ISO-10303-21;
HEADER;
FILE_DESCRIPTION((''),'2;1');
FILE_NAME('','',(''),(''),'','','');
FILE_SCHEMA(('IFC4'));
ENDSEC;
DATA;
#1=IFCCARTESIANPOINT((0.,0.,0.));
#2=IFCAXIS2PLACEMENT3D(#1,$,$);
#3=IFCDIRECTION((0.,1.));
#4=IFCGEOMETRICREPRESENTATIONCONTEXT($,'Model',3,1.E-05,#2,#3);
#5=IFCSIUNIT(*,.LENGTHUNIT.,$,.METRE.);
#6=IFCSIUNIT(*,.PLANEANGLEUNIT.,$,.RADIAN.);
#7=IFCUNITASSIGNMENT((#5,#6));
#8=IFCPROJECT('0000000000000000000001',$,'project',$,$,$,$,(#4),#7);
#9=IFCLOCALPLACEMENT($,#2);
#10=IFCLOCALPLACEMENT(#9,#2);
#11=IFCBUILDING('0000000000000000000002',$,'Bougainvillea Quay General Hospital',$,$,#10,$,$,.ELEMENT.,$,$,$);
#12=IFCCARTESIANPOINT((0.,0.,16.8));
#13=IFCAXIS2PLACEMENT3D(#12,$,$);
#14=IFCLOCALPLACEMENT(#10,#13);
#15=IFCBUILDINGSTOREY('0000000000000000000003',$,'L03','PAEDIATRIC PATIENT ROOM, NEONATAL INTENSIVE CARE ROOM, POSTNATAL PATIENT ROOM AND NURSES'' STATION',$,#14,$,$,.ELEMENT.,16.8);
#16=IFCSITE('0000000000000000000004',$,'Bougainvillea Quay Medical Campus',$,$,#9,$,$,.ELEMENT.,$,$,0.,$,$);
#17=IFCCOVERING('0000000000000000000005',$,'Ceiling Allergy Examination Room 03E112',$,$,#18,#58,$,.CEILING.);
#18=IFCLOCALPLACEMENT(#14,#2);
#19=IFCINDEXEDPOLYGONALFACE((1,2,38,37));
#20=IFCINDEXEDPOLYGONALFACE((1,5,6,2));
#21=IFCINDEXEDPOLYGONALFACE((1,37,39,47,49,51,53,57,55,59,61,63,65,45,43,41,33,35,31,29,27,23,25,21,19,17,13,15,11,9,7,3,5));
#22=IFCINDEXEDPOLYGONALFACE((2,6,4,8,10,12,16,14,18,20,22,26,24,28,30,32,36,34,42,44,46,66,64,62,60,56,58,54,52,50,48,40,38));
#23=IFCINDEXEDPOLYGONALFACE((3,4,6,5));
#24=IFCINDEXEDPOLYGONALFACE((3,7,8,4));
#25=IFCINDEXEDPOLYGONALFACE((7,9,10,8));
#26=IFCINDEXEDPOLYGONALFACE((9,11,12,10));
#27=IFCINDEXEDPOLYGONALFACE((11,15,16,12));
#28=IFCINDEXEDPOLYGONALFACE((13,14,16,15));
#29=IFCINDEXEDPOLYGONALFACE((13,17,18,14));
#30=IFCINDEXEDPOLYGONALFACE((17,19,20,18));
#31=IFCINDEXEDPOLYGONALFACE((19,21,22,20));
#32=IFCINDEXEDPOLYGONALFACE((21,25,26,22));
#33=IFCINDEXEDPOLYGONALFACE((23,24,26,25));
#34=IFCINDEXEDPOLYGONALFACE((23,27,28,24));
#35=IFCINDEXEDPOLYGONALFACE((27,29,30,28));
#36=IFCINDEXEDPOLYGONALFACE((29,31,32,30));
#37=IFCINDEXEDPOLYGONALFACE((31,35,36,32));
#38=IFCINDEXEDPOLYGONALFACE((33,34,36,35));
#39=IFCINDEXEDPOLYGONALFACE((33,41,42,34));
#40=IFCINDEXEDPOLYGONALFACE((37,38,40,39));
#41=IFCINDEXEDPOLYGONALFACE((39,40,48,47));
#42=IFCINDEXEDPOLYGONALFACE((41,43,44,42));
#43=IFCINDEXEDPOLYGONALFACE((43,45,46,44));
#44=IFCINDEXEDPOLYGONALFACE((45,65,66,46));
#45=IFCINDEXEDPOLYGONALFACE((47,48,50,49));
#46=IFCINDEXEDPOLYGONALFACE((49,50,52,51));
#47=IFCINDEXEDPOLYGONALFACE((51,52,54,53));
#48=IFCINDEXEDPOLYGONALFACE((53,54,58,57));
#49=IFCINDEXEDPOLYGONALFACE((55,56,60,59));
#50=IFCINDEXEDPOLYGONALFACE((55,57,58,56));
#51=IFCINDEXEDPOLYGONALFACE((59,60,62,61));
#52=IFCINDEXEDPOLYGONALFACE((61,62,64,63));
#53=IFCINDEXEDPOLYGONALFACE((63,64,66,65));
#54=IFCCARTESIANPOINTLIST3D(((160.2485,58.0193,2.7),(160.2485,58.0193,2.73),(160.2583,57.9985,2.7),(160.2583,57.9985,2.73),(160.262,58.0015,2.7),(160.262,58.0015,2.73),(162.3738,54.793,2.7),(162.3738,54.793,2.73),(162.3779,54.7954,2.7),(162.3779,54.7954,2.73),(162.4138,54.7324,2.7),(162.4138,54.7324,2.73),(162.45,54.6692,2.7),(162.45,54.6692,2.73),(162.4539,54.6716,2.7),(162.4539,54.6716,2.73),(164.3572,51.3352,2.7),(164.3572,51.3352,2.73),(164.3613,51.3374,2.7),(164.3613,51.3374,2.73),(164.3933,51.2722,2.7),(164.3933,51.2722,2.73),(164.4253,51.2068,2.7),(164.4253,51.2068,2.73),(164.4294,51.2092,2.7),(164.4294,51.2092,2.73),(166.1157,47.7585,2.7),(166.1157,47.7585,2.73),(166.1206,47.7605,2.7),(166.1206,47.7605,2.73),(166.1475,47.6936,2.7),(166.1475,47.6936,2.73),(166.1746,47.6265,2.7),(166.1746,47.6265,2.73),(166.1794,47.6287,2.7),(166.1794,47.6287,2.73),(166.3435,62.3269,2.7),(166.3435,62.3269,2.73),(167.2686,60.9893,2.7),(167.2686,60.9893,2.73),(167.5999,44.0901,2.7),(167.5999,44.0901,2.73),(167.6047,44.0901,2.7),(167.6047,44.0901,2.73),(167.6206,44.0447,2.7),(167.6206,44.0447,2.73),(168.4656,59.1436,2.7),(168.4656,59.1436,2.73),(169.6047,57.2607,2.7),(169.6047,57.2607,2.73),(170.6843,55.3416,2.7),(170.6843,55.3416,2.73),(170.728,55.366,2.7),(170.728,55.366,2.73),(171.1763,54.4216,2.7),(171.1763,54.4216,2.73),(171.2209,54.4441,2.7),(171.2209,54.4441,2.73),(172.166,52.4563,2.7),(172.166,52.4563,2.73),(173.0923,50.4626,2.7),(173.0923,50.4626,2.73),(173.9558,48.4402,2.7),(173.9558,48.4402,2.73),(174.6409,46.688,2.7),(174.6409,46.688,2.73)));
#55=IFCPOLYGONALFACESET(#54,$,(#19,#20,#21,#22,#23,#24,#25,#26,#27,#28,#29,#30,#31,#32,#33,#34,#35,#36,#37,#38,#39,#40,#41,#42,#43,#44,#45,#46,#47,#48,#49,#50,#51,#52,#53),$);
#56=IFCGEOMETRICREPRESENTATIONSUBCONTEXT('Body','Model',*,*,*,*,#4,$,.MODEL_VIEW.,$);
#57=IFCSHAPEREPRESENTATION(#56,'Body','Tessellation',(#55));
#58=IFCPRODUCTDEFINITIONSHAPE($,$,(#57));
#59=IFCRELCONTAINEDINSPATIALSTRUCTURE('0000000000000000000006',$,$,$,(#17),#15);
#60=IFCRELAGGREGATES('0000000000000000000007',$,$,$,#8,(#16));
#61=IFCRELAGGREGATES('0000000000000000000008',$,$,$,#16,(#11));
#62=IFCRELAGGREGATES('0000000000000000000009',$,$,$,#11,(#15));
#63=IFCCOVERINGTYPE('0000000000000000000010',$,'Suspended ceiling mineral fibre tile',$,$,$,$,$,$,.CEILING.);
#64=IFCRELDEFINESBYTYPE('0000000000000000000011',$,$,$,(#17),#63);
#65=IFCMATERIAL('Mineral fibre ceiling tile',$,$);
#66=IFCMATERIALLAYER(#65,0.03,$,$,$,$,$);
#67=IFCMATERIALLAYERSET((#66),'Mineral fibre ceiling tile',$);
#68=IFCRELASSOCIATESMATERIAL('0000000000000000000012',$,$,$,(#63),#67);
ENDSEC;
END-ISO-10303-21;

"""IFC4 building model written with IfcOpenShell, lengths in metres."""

from ifc_helpers import new_model, si_unit, direction, frame, origin, place, context, subcontext, project, spatial, polyline, outline, extrude, material, layer, layer_set, type_object, element, save


model = new_model("IFC4")

# Units and contexts
model_context = context("Model", 3, precision=1e-05, world=origin(), true_north=direction((0.0, 1.0)))
body_context = subcontext(model_context, "Body", "Model", "MODEL_VIEW")
ifc_project = project(units=[si_unit("LENGTHUNIT", "METRE"), si_unit("PLANEANGLEUNIT", "RADIAN")], contexts=[model_context])

# Site, building, storey
site_placement = place(None, origin())
site = spatial("IfcSite", under=ifc_project, at=site_placement, Name="Bougainvillea Quay Medical Campus", CompositionType="ELEMENT", RefElevation=0.0)
building_placement = place(site_placement, origin())
building = spatial("IfcBuilding", under=site, at=building_placement, Name="Bougainvillea Quay General Hospital", CompositionType="ELEMENT")
storey_placement = place(building_placement, frame((0.0, 0.0, 16.8)))
storey = spatial("IfcBuildingStorey", under=building, at=storey_placement, Name="L03", Description="PAEDIATRIC PATIENT ROOM, NEONATAL INTENSIVE CARE ROOM, POSTNATAL PATIENT ROOM AND NURSES' STATION", CompositionType="ELEMENT", Elevation=16.8)

# Covering
ifc_material = material(Name="Mineral fibre ceiling tile")
ifc_layer = layer(ifc_material, 0.03)
ifc_layer_set = layer_set([ifc_layer], Name="Mineral fibre ceiling tile")
covering_type = type_object("IfcCoveringType", Name="Suspended ceiling mineral fibre tile", PredefinedType="CEILING", material=ifc_layer_set)
covering_1_placement = place(storey_placement, frame((0.0, 0.0, 2.7)))
element("IfcCovering", 1, at=covering_1_placement, inside=storey, type_object=covering_type, Name="Ceiling Allergy Examination Room 03E112", PredefinedType="CEILING", context=body_context, shape_type="SweptSolid", body=[
    extrude(outline(polyline([(170.728, 55.366), (170.6843, 55.3416), (169.6047, 57.2607), (168.4656, 59.1436), (167.2686, 60.9893), (166.3435, 62.3269), (160.2485, 58.0193), (160.262, 58.0015), (160.2583, 57.9985), (162.3738, 54.793), (162.3779, 54.7954), (162.4138, 54.7324), (162.4539, 54.6716), (162.45, 54.6692), (164.3572, 51.3352), (164.3613, 51.3374), (164.3933, 51.2722), (164.4294, 51.2092), (164.4253, 51.2068), (166.1157, 47.7585), (166.1206, 47.7605), (166.1475, 47.6936), (166.1794, 47.6287), (166.1746, 47.6265), (167.5999, 44.0901), (167.6047, 44.0901), (167.6206, 44.0447), (174.6409, 46.688), (173.9558, 48.4402), (173.0923, 50.4626), (172.166, 52.4563), (171.1763, 54.4216), (171.2209, 54.4441), (170.728, 55.366)])), origin(), (0.0, 0.0, 1.0), 0.03),
])

save(model, "model.ifc")
